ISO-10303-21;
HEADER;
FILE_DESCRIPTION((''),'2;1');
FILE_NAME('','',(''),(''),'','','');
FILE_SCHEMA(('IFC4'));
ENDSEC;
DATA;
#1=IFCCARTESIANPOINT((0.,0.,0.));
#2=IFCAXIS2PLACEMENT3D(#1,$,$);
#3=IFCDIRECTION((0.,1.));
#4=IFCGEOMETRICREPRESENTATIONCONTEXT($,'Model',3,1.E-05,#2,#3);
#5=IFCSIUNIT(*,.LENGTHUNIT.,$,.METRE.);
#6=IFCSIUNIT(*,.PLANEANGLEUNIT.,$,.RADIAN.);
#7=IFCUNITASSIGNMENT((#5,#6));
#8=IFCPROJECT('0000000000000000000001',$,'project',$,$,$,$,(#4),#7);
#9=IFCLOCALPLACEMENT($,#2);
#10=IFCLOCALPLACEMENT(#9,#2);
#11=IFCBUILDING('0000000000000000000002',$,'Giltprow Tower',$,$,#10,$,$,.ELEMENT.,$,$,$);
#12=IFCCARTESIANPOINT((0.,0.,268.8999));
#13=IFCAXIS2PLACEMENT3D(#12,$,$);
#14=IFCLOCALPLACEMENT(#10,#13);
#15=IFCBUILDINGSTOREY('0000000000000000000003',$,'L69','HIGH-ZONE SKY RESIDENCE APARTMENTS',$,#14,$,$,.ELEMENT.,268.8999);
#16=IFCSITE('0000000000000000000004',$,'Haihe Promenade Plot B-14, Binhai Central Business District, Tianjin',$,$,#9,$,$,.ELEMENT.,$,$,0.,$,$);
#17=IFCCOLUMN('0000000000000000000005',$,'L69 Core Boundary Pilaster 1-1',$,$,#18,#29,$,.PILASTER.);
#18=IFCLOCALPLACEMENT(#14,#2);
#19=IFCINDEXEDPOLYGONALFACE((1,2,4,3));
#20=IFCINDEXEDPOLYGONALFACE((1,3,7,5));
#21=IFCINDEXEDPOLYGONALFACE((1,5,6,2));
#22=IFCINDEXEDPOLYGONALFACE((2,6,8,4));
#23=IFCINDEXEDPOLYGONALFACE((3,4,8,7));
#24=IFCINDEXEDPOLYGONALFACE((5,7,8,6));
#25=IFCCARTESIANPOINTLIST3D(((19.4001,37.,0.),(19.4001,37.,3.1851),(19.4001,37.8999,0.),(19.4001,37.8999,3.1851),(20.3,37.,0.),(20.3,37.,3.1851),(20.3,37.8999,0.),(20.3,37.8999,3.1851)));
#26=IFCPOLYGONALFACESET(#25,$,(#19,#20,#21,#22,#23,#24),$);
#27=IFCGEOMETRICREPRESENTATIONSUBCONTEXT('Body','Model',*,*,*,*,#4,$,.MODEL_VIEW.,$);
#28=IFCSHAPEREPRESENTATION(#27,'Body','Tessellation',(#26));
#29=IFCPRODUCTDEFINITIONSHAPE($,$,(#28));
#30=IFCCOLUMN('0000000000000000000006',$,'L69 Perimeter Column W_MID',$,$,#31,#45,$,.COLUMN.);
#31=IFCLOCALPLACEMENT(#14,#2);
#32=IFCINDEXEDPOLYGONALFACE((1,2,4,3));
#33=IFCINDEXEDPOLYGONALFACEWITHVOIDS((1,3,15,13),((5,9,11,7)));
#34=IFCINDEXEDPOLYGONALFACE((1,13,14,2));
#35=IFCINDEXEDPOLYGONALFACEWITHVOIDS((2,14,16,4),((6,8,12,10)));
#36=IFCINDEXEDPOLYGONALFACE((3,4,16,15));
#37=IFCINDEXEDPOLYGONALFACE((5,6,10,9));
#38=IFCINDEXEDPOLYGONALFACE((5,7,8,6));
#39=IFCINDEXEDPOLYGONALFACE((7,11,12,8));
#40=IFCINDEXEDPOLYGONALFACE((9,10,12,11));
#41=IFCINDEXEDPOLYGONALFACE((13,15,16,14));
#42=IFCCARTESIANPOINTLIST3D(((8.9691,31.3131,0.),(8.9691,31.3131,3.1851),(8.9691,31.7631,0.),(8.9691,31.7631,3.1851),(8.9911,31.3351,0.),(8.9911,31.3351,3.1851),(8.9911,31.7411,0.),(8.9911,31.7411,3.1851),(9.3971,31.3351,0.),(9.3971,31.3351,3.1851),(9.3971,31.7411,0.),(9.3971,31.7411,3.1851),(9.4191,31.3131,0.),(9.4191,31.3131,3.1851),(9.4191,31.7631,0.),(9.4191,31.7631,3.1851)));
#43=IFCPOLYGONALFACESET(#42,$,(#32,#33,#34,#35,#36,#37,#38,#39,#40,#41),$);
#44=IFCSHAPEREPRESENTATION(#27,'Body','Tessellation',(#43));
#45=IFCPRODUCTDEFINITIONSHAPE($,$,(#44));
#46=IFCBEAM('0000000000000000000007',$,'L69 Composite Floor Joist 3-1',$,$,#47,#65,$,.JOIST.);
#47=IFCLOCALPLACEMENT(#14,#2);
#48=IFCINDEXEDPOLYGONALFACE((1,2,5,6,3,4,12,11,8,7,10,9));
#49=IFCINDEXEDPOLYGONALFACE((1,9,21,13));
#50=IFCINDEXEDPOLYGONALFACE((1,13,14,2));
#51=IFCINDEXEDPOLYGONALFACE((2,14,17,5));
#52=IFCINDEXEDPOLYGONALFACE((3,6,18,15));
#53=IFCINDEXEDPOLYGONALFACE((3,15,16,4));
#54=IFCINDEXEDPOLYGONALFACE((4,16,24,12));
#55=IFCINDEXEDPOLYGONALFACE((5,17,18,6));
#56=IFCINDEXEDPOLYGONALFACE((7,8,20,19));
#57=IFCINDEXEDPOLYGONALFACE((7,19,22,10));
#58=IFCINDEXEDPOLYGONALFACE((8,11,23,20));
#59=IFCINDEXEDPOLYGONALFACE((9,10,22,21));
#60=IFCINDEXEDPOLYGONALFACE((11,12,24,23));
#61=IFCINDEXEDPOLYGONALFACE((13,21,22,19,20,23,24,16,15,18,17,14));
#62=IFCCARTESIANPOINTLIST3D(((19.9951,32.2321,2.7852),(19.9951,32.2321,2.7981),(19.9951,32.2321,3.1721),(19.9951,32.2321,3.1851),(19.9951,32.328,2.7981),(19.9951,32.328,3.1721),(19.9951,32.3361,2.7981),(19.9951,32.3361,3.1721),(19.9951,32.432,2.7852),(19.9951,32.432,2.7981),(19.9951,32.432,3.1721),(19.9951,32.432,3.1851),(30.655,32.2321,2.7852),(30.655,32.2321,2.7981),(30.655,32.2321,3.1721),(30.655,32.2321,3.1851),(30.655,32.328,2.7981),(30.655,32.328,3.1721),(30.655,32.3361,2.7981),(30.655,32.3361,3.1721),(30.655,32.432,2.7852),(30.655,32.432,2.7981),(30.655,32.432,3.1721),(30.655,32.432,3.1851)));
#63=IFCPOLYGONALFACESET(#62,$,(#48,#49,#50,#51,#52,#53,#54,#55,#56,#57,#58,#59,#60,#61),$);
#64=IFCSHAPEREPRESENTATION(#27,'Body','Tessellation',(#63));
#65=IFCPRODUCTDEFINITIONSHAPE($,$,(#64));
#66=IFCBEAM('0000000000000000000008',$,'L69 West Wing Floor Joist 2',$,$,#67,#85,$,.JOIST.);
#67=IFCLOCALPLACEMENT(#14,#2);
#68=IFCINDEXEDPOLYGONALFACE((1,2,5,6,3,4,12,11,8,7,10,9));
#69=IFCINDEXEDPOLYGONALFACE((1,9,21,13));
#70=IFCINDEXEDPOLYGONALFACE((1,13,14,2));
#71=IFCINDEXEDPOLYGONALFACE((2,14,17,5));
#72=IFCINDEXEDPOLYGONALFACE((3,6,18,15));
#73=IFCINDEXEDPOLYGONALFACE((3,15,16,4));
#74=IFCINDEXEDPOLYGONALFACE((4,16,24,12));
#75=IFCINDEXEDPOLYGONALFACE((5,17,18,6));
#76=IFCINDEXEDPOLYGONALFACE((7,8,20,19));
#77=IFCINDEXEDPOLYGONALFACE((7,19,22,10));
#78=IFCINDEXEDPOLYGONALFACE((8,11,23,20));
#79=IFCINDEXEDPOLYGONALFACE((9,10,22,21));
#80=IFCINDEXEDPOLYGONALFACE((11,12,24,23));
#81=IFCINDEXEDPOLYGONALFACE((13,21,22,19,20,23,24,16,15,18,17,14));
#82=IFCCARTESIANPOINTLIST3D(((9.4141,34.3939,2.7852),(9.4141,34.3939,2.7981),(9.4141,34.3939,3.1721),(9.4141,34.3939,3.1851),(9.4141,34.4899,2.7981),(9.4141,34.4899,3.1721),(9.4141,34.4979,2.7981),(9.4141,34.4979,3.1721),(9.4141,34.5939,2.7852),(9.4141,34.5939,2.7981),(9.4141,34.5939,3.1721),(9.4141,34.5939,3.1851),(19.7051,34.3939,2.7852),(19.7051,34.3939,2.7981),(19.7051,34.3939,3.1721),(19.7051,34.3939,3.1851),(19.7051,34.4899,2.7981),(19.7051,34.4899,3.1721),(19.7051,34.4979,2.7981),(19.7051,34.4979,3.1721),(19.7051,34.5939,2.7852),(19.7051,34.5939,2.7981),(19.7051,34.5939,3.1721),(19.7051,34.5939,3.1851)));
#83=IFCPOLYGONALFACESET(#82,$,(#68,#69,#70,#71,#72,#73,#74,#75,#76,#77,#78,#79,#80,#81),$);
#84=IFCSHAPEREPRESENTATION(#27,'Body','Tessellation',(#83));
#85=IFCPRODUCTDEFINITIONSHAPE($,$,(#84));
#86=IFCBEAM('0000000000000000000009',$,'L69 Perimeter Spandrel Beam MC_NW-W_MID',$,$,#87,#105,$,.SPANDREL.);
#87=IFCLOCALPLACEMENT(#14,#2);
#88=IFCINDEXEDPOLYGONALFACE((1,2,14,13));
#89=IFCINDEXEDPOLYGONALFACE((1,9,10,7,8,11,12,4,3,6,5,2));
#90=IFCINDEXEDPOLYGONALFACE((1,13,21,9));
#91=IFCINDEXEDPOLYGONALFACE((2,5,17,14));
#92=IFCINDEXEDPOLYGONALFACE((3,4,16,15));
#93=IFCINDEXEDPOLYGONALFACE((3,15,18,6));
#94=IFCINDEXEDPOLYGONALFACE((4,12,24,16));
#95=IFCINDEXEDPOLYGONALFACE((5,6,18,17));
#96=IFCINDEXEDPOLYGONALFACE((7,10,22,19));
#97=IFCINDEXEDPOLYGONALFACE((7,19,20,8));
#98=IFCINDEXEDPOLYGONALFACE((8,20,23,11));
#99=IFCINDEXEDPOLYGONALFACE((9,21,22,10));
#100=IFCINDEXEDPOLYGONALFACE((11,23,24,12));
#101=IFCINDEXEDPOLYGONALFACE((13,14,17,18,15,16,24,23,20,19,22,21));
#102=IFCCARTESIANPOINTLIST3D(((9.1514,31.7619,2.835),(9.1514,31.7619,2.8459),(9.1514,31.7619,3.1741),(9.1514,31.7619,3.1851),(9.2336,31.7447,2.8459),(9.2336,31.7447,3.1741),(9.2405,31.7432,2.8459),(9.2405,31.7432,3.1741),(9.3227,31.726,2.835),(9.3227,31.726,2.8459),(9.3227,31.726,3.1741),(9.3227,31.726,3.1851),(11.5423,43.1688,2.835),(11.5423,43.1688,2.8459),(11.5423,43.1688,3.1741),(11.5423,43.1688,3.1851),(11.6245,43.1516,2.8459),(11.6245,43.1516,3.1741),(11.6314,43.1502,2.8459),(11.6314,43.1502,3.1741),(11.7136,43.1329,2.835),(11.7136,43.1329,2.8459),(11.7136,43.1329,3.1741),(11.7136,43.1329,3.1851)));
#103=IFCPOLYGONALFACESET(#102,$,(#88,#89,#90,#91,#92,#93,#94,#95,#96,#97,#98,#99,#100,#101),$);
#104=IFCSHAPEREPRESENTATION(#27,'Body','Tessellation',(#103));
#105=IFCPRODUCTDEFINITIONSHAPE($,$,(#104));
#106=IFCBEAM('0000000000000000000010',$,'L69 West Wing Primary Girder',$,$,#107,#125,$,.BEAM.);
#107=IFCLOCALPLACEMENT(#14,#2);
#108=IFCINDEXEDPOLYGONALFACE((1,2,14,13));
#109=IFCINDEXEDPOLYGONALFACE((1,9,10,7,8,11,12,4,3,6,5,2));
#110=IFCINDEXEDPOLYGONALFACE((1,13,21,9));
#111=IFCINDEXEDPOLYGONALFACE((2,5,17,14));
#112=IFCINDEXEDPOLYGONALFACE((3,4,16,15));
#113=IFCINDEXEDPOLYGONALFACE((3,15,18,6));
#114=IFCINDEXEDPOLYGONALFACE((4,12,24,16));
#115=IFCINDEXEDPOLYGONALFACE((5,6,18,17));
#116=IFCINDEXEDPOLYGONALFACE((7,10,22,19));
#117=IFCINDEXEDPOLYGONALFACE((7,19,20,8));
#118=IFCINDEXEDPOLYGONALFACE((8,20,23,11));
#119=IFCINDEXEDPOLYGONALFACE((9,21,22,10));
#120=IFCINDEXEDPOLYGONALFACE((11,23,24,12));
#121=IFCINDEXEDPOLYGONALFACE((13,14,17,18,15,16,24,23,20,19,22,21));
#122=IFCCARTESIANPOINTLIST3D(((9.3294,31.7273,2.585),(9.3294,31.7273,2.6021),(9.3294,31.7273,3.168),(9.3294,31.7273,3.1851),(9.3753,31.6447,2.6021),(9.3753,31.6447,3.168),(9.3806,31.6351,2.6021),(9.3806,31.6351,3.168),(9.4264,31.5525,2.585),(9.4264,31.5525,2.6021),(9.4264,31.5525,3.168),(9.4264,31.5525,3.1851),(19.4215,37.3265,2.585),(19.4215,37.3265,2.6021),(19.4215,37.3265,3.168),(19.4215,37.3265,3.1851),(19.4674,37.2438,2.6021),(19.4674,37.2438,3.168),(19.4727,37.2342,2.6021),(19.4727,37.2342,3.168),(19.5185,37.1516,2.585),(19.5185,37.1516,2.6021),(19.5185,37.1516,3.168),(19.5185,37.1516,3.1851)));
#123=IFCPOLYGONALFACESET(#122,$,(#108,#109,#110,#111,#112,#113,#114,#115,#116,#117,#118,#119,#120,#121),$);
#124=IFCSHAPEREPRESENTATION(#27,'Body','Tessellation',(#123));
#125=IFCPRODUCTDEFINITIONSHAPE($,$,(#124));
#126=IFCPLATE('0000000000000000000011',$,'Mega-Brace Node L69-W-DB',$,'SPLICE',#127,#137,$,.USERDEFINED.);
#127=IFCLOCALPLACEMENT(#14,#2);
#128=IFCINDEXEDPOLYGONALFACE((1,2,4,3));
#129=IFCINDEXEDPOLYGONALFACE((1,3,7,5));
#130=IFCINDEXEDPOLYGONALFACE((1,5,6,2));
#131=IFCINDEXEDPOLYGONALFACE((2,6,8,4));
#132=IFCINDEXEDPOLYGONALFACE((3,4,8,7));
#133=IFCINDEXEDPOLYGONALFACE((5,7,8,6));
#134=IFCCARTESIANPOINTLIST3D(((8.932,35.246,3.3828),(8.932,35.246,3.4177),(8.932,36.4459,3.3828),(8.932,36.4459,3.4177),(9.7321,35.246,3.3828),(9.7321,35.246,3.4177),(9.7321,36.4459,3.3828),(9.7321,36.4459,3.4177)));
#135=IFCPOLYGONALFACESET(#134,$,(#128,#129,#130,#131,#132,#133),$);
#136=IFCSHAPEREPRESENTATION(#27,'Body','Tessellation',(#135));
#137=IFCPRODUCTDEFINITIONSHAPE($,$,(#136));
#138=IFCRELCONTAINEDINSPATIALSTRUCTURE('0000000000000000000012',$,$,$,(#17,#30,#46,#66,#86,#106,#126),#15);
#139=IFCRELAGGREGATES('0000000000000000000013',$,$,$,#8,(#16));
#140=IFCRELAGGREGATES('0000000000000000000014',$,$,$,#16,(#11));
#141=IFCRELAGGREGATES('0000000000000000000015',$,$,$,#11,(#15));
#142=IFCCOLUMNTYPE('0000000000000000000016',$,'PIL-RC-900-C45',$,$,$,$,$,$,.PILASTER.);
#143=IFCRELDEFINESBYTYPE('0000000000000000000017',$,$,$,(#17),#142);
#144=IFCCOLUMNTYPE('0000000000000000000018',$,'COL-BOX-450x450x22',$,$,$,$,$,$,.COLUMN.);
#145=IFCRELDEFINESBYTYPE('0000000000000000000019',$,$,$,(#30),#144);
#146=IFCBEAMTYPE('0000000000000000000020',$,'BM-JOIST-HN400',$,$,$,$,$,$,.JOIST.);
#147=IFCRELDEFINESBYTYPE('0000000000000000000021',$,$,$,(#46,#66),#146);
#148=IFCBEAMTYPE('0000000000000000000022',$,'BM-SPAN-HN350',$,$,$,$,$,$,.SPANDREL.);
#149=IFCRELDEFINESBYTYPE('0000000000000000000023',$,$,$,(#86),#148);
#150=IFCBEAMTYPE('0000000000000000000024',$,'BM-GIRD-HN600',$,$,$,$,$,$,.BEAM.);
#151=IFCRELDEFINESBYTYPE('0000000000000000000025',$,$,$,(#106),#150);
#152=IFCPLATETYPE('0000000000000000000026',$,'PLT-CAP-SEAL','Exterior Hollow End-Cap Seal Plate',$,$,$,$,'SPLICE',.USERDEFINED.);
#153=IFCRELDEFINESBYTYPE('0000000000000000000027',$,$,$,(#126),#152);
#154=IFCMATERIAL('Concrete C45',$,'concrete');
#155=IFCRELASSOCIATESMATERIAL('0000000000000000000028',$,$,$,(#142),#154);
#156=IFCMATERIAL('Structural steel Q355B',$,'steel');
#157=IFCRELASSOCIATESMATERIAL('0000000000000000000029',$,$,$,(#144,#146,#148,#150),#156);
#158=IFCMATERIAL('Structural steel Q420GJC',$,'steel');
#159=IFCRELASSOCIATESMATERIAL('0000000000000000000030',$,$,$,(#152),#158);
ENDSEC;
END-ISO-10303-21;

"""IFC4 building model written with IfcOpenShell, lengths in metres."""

from ifc_helpers import new_model, si_unit, direction, frame, origin, origin_2d, place, context, subcontext, project, spatial, rectangle, hollow_rectangle, i_section, extrude, source, transform, mapped, material, material_profile, profile_set, type_object, element, save


model = new_model("IFC4")

# Units and contexts
model_context = context("Model", 3, precision=1e-05, world=origin(), true_north=direction((0.0, 1.0)))
body_context = subcontext(model_context, "Body", "Model", "MODEL_VIEW")
ifc_project = project(units=[si_unit("LENGTHUNIT", "METRE"), si_unit("PLANEANGLEUNIT", "RADIAN")], contexts=[model_context])

# Site, building, storey
site_placement = place(None, origin())
site = spatial("IfcSite", under=ifc_project, at=site_placement, Name="Haihe Promenade Plot B-14, Binhai Central Business District, Tianjin", CompositionType="ELEMENT", RefElevation=0.0)
building_placement = place(site_placement, origin())
building = spatial("IfcBuilding", under=site, at=building_placement, Name="Giltprow Tower", CompositionType="ELEMENT")
storey_placement = place(building_placement, frame((0.0, 0.0, 268.8999)))
storey = spatial("IfcBuildingStorey", under=building, at=storey_placement, Name="L69", Description="HIGH-ZONE SKY RESIDENCE APARTMENTS", CompositionType="ELEMENT", Elevation=268.8999)

# Columns
ifc_material_1 = material(Name="Concrete C45", Category="concrete")
ifc_material_profile_1 = material_profile(ifc_material_1, rectangle(XDim=0.8999, YDim=0.8999, at=origin_2d()), Name="RC 900x900")
ifc_profile_set_1 = profile_set([ifc_material_profile_1], Name="Concrete C45")
column_type_1 = type_object("IfcColumnType", Name="PIL-RC-900-C45", PredefinedType="PILASTER", material=ifc_profile_set_1)
shared_shape_1 = source(origin(), body_context, "Body", "SweptSolid", [
    extrude(rectangle(XDim=0.8999, YDim=0.8999, at=origin_2d()), origin(), (0.0, 0.0, 1.0), 3.1851),
])
column_1_placement = place(storey_placement, frame((19.8501, 37.45, 0.0), z_axis=(0.0, 0.0, 1.0), x_axis=(1.0, 0.0, 0.0)))
element("IfcColumn", 1, at=column_1_placement, inside=storey, type_object=column_type_1, Name="L69 Core Boundary Pilaster 1-1", PredefinedType="PILASTER", context=body_context, shape_type="MappedRepresentation", body=[
    mapped(shared_shape_1, transform((0.0, 0.0, 0.0), x_axis=(1.0, 0.0, 0.0), y_axis=(0.0, 1.0, 0.0), z_axis=(0.0, 0.0, 1.0), scale=1.0)),
])
ifc_material_2 = material(Name="Structural steel Q355B", Category="steel")
ifc_material_profile_2 = material_profile(ifc_material_2, hollow_rectangle(XDim=0.45, YDim=0.45, WallThickness=0.022, at=origin_2d()), Name="BOX 450x450x22")
ifc_profile_set_2 = profile_set([ifc_material_profile_2], Name="Structural steel Q355B")
column_type_2 = type_object("IfcColumnType", Name="COL-BOX-450x450x22", PredefinedType="COLUMN", material=ifc_profile_set_2)
shared_shape_2 = source(origin(), body_context, "Body", "SweptSolid", [
    extrude(hollow_rectangle(XDim=0.45, YDim=0.45, WallThickness=0.022, at=origin_2d()), origin(), (0.0, 0.0, 1.0), 3.1851),
])
column_2_placement = place(storey_placement, frame((9.1941, 31.5381, 0.0), z_axis=(0.0, 0.0, 1.0), x_axis=(1.0, 0.0, 0.0)))
element("IfcColumn", 2, at=column_2_placement, inside=storey, type_object=column_type_2, Name="L69 Perimeter Column W_MID", PredefinedType="COLUMN", context=body_context, shape_type="MappedRepresentation", body=[
    mapped(shared_shape_2, transform((0.0, 0.0, 0.0), x_axis=(1.0, 0.0, 0.0), y_axis=(0.0, 1.0, 0.0), z_axis=(0.0, 0.0, 1.0), scale=1.0)),
])

# Beams
ifc_material_profile_3 = material_profile(ifc_material_2, i_section(OverallWidth=0.2, OverallDepth=0.3999, WebThickness=0.0081, FlangeThickness=0.0129, at=origin_2d()), Name="HN 400x200x8x13")
ifc_profile_set_3 = profile_set([ifc_material_profile_3], Name="Structural steel Q355B")
beam_type_1 = type_object("IfcBeamType", Name="BM-JOIST-HN400", PredefinedType="JOIST", material=ifc_profile_set_3)
shared_shape_3 = source(origin(), body_context, "Body", "SweptSolid", [
    extrude(i_section(OverallWidth=0.2, OverallDepth=0.3999, WebThickness=0.0081, FlangeThickness=0.0129, at=origin_2d()), origin(), (0.0, 0.0, 1.0), 10.6599),
])
beam_1_placement = place(storey_placement, frame((19.9951, 32.332, 2.9851), z_axis=(1.0, 0.0, 0.0), x_axis=(0.0, 1.0, 0.0)))
element("IfcBeam", 3, at=beam_1_placement, inside=storey, type_object=beam_type_1, Name="L69 Composite Floor Joist 3-1", PredefinedType="JOIST", context=body_context, shape_type="MappedRepresentation", body=[
    mapped(shared_shape_3, transform((0.0, 0.0, 0.0), x_axis=(1.0, 0.0, 0.0), y_axis=(0.0, 1.0, 0.0), z_axis=(0.0, 0.0, 1.0), scale=1.0)),
])
shared_shape_4 = source(origin(), body_context, "Body", "SweptSolid", [
    extrude(i_section(OverallWidth=0.2, OverallDepth=0.3999, WebThickness=0.0081, FlangeThickness=0.0129, at=origin_2d()), origin(), (0.0, 0.0, 1.0), 10.291),
])
beam_2_placement = place(storey_placement, frame((9.4141, 34.4939, 2.9851), z_axis=(1.0, 0.0, 0.0), x_axis=(0.0, 1.0, 0.0)))
element("IfcBeam", 4, at=beam_2_placement, inside=storey, type_object=beam_type_1, Name="L69 West Wing Floor Joist 2", PredefinedType="JOIST", context=body_context, shape_type="MappedRepresentation", body=[
    mapped(shared_shape_4, transform((0.0, 0.0, 0.0), x_axis=(1.0, 0.0, 0.0), y_axis=(0.0, 1.0, 0.0), z_axis=(0.0, 0.0, 1.0), scale=1.0)),
])
ifc_material_profile_4 = material_profile(ifc_material_2, i_section(OverallWidth=0.175, OverallDepth=0.3501, WebThickness=0.0071, FlangeThickness=0.011, at=origin_2d()), Name="HN 350x175x7x11")
ifc_profile_set_4 = profile_set([ifc_material_profile_4], Name="Structural steel Q355B")
beam_type_2 = type_object("IfcBeamType", Name="BM-SPAN-HN350", PredefinedType="SPANDREL", material=ifc_profile_set_4)
shared_shape_5 = source(origin(), body_context, "Body", "SweptSolid", [
    extrude(i_section(OverallWidth=0.175, OverallDepth=0.3501, WebThickness=0.0071, FlangeThickness=0.011, at=origin_2d()), origin(), (0.0, 0.0, 1.0), 11.6548),
])
beam_3_placement = place(storey_placement, frame((11.6279, 43.1509, 3.01), z_axis=(-0.205139, -0.978733, 0.0), x_axis=(0.978733, -0.205139, 0.0)))
element("IfcBeam", 5, at=beam_3_placement, inside=storey, type_object=beam_type_2, Name="L69 Perimeter Spandrel Beam MC_NW-W_MID", PredefinedType="SPANDREL", context=body_context, shape_type="MappedRepresentation", body=[
    mapped(shared_shape_5, transform((0.0, 0.0, 0.0), x_axis=(1.0, 0.0, 0.0), y_axis=(0.0, 1.0, 0.0), z_axis=(0.0, 0.0, 1.0), scale=1.0)),
])
ifc_material_profile_5 = material_profile(ifc_material_2, i_section(OverallWidth=0.2, OverallDepth=0.6001, WebThickness=0.011, FlangeThickness=0.0171, at=origin_2d()), Name="HN 600x200x11x17")
ifc_profile_set_5 = profile_set([ifc_material_profile_5], Name="Structural steel Q355B")
beam_type_3 = type_object("IfcBeamType", Name="BM-GIRD-HN600", PredefinedType="BEAM", material=ifc_profile_set_5)
shared_shape_6 = source(origin(), body_context, "Body", "SweptSolid", [
    extrude(i_section(OverallWidth=0.2, OverallDepth=0.6001, WebThickness=0.011, FlangeThickness=0.0171, at=origin_2d()), origin(), (0.0, 0.0, 1.0), 11.5413),
])
beam_4_placement = place(storey_placement, frame((9.3779, 31.6399, 2.885), z_axis=(0.874436, 0.485142, 0.0), x_axis=(-0.485142, 0.874436, 0.0)))
element("IfcBeam", 6, at=beam_4_placement, inside=storey, type_object=beam_type_3, Name="L69 West Wing Primary Girder", PredefinedType="BEAM", context=body_context, shape_type="MappedRepresentation", body=[
    mapped(shared_shape_6, transform((0.0, 0.0, 0.0), x_axis=(1.0, 0.0, 0.0), y_axis=(0.0, 1.0, 0.0), z_axis=(0.0, 0.0, 1.0), scale=1.0)),
])

# Plate
ifc_material_3 = material(Name="Structural steel Q420GJC", Category="steel")
plate_type = type_object("IfcPlateType", Name="PLT-CAP-SEAL", Description="Exterior Hollow End-Cap Seal Plate", ElementType="SPLICE", PredefinedType="USERDEFINED", material=ifc_material_3)
shared_shape_7 = source(origin(), body_context, "Body", "SweptSolid", [
    extrude(rectangle(XDim=1.2, YDim=0.8, at=origin_2d()), origin(), (0.0, 0.0, 1.0), 0.0349),
])
plate_placement = place(storey_placement, frame((9.332, 35.8459, 3.3828), z_axis=(0.0, 0.0, 1.0), x_axis=(0.0, 1.0, 0.0)))
element("IfcPlate", 7, at=plate_placement, inside=storey, type_object=plate_type, Name="Mega-Brace Node L69-W-DB", ObjectType="SPLICE", PredefinedType="USERDEFINED", context=body_context, shape_type="MappedRepresentation", body=[
    mapped(shared_shape_7, transform((0.0, 0.0, 0.0), x_axis=(1.0, 0.0, 0.0), y_axis=(0.0, 1.0, 0.0), z_axis=(0.0, 0.0, 1.0), scale=1.0)),
])

save(model, "model.ifc")
